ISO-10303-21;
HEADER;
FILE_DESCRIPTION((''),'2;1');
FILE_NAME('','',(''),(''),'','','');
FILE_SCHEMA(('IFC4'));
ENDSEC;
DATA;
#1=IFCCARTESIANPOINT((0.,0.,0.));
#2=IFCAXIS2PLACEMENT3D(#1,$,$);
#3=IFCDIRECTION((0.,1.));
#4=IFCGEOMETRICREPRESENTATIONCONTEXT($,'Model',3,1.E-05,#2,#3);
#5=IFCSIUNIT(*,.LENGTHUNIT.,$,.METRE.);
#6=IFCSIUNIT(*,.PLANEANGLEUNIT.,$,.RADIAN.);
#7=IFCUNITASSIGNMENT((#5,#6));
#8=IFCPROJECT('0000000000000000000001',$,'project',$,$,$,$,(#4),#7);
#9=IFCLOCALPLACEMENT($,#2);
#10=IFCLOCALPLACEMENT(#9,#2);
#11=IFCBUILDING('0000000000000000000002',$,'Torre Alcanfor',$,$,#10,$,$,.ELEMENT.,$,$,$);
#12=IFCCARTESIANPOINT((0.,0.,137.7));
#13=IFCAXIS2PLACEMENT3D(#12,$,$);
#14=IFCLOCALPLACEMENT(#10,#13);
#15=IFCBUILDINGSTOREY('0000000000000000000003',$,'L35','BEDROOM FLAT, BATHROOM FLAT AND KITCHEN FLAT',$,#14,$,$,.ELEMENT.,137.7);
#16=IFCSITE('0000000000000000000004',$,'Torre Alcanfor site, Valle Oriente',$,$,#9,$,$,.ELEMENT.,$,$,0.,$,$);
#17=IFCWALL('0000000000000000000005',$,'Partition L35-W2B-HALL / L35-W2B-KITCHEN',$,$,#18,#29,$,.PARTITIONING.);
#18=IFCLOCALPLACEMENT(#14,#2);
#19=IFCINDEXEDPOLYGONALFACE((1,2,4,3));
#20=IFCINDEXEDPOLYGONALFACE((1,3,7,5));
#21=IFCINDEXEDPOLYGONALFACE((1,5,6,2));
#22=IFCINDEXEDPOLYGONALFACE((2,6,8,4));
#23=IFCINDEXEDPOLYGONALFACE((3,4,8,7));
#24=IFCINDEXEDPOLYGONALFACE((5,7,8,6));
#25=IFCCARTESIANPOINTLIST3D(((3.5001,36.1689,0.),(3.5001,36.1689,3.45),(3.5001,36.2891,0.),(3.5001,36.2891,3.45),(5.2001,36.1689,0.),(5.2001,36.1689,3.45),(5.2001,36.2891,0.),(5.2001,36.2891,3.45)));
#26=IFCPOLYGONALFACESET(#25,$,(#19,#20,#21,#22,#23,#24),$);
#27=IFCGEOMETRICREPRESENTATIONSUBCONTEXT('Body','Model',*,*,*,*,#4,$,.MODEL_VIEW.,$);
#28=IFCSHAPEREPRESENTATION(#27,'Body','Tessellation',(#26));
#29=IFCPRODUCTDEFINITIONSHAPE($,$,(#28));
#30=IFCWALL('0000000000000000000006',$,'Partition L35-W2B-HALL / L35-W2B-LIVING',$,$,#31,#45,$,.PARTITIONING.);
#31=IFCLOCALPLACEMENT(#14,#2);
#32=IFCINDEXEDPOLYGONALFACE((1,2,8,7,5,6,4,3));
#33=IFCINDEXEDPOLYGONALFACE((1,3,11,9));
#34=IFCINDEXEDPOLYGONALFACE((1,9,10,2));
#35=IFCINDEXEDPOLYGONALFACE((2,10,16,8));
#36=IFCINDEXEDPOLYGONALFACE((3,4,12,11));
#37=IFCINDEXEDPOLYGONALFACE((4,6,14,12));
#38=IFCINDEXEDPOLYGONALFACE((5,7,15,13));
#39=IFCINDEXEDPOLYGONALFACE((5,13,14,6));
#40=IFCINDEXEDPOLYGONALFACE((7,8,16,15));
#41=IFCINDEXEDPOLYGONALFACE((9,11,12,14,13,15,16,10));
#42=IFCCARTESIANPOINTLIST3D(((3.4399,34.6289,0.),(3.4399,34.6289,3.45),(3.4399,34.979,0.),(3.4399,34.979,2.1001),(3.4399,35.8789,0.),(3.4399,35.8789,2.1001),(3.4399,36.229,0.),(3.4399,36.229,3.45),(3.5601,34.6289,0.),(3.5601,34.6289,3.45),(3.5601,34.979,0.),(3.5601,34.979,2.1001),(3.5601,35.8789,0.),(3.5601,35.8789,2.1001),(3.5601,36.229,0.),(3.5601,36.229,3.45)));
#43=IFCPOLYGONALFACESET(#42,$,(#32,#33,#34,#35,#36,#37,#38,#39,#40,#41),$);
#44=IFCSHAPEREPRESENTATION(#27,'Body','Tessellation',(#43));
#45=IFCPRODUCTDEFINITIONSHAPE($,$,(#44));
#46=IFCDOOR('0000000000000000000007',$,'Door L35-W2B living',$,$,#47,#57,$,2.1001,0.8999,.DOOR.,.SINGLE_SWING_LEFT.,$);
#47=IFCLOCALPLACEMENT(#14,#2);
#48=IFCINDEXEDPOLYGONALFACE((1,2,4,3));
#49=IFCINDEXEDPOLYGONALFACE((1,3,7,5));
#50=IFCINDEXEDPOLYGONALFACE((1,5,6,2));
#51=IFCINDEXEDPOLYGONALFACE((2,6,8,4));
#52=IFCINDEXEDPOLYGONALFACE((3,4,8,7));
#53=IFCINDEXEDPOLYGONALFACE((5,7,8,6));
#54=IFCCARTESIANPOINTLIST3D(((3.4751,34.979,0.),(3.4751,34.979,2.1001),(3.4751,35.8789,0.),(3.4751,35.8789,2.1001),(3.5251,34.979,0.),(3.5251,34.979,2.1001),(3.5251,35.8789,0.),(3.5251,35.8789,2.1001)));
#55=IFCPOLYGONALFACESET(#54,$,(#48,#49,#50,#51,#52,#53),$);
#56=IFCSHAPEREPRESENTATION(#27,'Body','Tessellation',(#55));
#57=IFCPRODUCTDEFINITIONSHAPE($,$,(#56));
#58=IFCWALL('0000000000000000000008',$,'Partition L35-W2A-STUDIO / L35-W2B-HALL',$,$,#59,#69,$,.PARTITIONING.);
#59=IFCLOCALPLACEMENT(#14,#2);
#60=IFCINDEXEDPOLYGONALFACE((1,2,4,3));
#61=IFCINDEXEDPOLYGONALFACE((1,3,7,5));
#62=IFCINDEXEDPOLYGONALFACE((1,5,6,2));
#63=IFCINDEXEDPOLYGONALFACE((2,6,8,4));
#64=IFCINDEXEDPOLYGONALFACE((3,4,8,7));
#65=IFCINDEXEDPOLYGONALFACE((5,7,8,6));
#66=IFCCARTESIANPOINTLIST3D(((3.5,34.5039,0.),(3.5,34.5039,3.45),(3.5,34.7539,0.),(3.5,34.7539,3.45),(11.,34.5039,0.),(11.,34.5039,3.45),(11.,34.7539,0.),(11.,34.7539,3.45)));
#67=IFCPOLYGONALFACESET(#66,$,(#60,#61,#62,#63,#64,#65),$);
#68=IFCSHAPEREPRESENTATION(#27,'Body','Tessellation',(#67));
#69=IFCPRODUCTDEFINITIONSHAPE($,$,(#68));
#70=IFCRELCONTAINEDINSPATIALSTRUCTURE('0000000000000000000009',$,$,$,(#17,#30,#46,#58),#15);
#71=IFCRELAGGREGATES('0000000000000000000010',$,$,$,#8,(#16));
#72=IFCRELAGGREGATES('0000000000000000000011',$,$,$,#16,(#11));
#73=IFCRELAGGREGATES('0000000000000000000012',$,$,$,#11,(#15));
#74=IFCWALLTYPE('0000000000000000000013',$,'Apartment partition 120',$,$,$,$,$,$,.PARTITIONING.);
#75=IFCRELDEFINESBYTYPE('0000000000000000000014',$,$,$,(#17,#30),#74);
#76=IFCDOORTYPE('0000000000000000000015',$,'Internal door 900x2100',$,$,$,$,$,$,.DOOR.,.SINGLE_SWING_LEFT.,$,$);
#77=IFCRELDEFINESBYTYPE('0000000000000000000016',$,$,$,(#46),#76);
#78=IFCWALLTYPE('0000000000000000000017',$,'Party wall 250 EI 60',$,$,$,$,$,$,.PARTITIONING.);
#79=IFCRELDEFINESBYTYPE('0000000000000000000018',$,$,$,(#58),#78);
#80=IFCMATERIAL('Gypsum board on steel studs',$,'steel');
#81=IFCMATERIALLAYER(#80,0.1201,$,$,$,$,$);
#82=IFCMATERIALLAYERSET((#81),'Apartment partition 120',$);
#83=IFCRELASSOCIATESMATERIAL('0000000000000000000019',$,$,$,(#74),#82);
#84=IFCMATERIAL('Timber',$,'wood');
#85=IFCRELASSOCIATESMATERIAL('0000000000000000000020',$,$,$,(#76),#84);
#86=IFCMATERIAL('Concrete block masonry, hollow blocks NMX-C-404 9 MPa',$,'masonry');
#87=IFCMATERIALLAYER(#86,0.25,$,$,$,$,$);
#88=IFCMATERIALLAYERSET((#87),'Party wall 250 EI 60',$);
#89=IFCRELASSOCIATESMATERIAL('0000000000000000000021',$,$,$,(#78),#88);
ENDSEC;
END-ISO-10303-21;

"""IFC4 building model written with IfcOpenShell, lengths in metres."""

from ifc_helpers import new_model, si_unit, direction, frame, frame_2d, origin, place, context, subcontext, project, spatial, rectangle, extrude, material, layer, layer_set, type_object, element, fill, save


model = new_model("IFC4")

# Units and contexts
model_context = context("Model", 3, precision=1e-05, world=origin(), true_north=direction((0.0, 1.0)))
body_context = subcontext(model_context, "Body", "Model", "MODEL_VIEW")
ifc_project = project(units=[si_unit("LENGTHUNIT", "METRE"), si_unit("PLANEANGLEUNIT", "RADIAN")], contexts=[model_context])

# Site, building, storey
site_placement = place(None, origin())
site = spatial("IfcSite", under=ifc_project, at=site_placement, Name="Torre Alcanfor site, Valle Oriente", CompositionType="ELEMENT", RefElevation=0.0)
building_placement = place(site_placement, origin())
building = spatial("IfcBuilding", under=site, at=building_placement, Name="Torre Alcanfor", CompositionType="ELEMENT")
storey_placement = place(building_placement, frame((0.0, 0.0, 137.7)))
storey = spatial("IfcBuildingStorey", under=building, at=storey_placement, Name="L35", Description="BEDROOM FLAT, BATHROOM FLAT AND KITCHEN FLAT", CompositionType="ELEMENT", Elevation=137.7)

# Wall
ifc_material_1 = material(Name="Gypsum board on steel studs", Category="steel")
ifc_layer_1 = layer(ifc_material_1, 0.1201)
ifc_layer_set_1 = layer_set([ifc_layer_1], Name="Apartment partition 120")
wall_type_1 = type_object("IfcWallType", Name="Apartment partition 120", PredefinedType="PARTITIONING", material=ifc_layer_set_1)
wall_1_placement = place(storey_placement, frame((3.5, 36.229, 0.0), z_axis=(0.0, 0.0, 1.0), x_axis=(1.0, 0.0, 0.0)))
element("IfcWall", 1, at=wall_1_placement, inside=storey, type_object=wall_type_1, Name="Partition L35-W2B-HALL / L35-W2B-KITCHEN", PredefinedType="PARTITIONING", context=body_context, shape_type="SweptSolid", body=[
    extrude(rectangle(XDim=1.7, YDim=0.1201, at=frame_2d((0.8501, 0.0))), origin(), (0.0, 0.0, 1.0), 3.45),
])

# Wall, opening, door
wall_2_placement = place(storey_placement, frame((3.5, 34.6289, 0.0), z_axis=(0.0, 0.0, 1.0), x_axis=(0.0, 1.0, 0.0)))
wall_2 = element("IfcWall", 2, at=wall_2_placement, inside=storey, type_object=wall_type_1, Name="Partition L35-W2B-HALL / L35-W2B-LIVING", PredefinedType="PARTITIONING", context=body_context, shape_type="SweptSolid", body=[
    extrude(rectangle(XDim=1.6001, YDim=0.1201, at=frame_2d((0.8, 0.0))), origin(), (0.0, 0.0, 1.0), 3.45),
])
opening_placement = place(wall_2_placement, frame((0.3501, 0.0, 0.0)))
opening = element("IfcOpeningElement", 3, at=opening_placement, cuts=wall_2, PredefinedType="OPENING", context=body_context, shape_type="SweptSolid", body=[
    extrude(rectangle(XDim=0.8999, YDim=2.1001, at=frame_2d((0.45, 1.05))), frame((0.0, 0.0701, 0.0), z_axis=(0.0, -1.0, 0.0), x_axis=(1.0, 0.0, 0.0)), (0.0, 0.0, 1.0), 0.1401),
])
ifc_material_2 = material(Name="Timber", Category="wood")
door_type = type_object("IfcDoorType", Name="Internal door 900x2100", OperationType="SINGLE_SWING_LEFT", PredefinedType="DOOR", material=ifc_material_2)
door_placement = place(opening_placement, origin())
door = element("IfcDoor", 4, at=door_placement, inside=storey, type_object=door_type, Name="Door L35-W2B living", OperationType="SINGLE_SWING_LEFT", OverallHeight=2.1001, OverallWidth=0.8999, PredefinedType="DOOR", context=body_context, shape_type="SweptSolid", body=[
    extrude(rectangle(XDim=0.8999, YDim=2.1001, at=frame_2d((0.45, 1.05))), frame((0.0, 0.0249, 0.0), z_axis=(0.0, -1.0, 0.0), x_axis=(1.0, 0.0, 0.0)), (0.0, 0.0, 1.0), 0.05),
])
fill(opening, door)

# Wall
ifc_material_3 = material(Name="Concrete block masonry, hollow blocks NMX-C-404 9 MPa", Category="masonry")
ifc_layer_2 = layer(ifc_material_3, 0.25)
ifc_layer_set_2 = layer_set([ifc_layer_2], Name="Party wall 250 EI 60")
wall_type_2 = type_object("IfcWallType", Name="Party wall 250 EI 60", PredefinedType="PARTITIONING", material=ifc_layer_set_2)
wall_3_placement = place(storey_placement, frame((3.5, 34.6289, 0.0), z_axis=(0.0, 0.0, 1.0), x_axis=(1.0, 0.0, 0.0)))
element("IfcWall", 5, at=wall_3_placement, inside=storey, type_object=wall_type_2, Name="Partition L35-W2A-STUDIO / L35-W2B-HALL", PredefinedType="PARTITIONING", context=body_context, shape_type="SweptSolid", body=[
    extrude(rectangle(XDim=7.5, YDim=0.25, at=frame_2d((3.75, 0.0))), origin(), (0.0, 0.0, 1.0), 3.45),
])

save(model, "model.ifc")
